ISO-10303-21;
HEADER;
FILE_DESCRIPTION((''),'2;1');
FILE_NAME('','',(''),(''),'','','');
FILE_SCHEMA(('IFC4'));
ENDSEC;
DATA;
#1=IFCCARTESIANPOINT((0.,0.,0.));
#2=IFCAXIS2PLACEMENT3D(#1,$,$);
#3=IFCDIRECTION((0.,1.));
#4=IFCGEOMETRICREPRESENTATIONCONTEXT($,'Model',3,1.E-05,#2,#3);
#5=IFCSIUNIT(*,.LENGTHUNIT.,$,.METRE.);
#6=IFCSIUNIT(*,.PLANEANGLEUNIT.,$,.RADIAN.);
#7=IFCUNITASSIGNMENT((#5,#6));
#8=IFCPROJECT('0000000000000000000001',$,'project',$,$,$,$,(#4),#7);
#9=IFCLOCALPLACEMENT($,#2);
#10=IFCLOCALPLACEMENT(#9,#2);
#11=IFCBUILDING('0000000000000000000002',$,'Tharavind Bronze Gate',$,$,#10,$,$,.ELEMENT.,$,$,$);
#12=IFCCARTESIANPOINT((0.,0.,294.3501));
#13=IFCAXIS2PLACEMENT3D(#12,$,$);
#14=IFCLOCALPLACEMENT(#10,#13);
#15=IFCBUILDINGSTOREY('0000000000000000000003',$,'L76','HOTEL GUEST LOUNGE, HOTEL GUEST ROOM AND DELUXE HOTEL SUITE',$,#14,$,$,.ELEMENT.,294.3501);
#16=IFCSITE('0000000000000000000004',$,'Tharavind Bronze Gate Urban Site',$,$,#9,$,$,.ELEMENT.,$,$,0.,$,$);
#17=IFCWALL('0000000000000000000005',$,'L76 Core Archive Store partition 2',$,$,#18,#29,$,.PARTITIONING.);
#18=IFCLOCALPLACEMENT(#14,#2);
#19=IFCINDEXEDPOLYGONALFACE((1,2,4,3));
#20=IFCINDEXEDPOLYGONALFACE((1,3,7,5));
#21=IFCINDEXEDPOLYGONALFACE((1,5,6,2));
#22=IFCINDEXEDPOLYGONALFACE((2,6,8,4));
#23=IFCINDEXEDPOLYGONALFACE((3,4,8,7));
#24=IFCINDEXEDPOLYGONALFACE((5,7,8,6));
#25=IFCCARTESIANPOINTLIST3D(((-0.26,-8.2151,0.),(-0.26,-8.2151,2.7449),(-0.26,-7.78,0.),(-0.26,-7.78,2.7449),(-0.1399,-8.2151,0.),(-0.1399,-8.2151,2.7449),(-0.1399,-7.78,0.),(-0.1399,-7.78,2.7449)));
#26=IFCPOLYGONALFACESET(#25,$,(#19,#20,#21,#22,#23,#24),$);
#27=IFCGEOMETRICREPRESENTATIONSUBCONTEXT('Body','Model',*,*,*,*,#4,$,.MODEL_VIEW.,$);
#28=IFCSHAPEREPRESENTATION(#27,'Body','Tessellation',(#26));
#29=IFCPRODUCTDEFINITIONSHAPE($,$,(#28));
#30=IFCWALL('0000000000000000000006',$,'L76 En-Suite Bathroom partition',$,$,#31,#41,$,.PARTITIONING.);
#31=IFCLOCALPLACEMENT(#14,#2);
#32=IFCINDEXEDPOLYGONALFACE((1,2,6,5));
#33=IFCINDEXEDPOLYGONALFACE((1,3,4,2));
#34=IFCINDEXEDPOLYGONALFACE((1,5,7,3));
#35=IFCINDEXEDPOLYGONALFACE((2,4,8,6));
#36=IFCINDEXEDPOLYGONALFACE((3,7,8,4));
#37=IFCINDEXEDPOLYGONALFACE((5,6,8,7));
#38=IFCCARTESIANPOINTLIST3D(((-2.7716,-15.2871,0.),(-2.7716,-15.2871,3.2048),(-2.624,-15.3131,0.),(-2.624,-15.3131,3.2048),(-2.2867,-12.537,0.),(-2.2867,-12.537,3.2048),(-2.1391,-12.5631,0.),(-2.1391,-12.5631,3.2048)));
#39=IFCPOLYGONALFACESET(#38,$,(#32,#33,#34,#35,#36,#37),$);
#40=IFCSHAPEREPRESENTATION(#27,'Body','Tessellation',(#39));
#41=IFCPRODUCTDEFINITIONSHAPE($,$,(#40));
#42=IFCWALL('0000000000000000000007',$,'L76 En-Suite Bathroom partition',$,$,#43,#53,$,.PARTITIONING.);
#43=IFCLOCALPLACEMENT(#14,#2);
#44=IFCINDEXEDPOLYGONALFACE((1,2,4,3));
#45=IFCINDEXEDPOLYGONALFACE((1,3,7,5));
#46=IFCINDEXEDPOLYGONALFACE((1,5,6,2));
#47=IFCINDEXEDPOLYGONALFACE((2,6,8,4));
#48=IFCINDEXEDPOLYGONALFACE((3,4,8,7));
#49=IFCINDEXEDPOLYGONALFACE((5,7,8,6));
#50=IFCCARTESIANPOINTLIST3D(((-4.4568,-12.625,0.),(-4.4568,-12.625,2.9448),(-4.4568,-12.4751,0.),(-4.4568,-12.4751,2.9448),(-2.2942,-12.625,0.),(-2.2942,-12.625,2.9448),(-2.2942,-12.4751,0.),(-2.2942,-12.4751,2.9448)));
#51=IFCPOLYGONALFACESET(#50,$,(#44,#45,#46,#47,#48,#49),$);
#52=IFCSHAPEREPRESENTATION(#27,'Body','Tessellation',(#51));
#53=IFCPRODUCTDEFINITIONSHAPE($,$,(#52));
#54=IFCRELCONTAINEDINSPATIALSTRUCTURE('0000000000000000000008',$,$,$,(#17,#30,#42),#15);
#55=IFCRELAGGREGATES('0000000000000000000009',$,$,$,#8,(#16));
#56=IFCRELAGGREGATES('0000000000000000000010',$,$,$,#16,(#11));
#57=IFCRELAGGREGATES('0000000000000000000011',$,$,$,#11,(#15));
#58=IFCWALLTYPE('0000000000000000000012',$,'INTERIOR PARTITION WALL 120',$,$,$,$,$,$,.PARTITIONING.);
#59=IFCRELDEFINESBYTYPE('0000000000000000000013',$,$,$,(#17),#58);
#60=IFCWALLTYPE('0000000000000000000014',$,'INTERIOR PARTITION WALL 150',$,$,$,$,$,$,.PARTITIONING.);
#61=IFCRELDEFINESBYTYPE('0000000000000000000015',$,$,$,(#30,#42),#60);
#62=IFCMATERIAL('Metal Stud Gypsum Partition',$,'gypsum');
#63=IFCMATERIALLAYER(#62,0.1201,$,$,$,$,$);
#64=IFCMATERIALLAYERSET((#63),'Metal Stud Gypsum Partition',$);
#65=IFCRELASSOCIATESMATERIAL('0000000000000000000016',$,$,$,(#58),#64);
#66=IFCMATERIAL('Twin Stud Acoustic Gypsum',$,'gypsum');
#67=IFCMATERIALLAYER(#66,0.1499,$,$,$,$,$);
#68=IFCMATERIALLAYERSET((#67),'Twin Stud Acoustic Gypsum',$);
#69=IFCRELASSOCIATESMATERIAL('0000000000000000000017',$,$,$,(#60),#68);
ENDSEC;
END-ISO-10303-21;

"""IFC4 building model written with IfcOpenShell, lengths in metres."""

from ifc_helpers import new_model, si_unit, direction, frame, frame_2d, origin, place, context, subcontext, project, spatial, rectangle, extrude, material, layer, layer_set, type_object, element, save


model = new_model("IFC4")

# Units and contexts
model_context = context("Model", 3, precision=1e-05, world=origin(), true_north=direction((0.0, 1.0)))
body_context = subcontext(model_context, "Body", "Model", "MODEL_VIEW")
ifc_project = project(units=[si_unit("LENGTHUNIT", "METRE"), si_unit("PLANEANGLEUNIT", "RADIAN")], contexts=[model_context])

# Site, building, storey
site_placement = place(None, origin())
site = spatial("IfcSite", under=ifc_project, at=site_placement, Name="Tharavind Bronze Gate Urban Site", CompositionType="ELEMENT", RefElevation=0.0)
building_placement = place(site_placement, origin())
building = spatial("IfcBuilding", under=site, at=building_placement, Name="Tharavind Bronze Gate", CompositionType="ELEMENT")
storey_placement = place(building_placement, frame((0.0, 0.0, 294.3501)))
storey = spatial("IfcBuildingStorey", under=building, at=storey_placement, Name="L76", Description="HOTEL GUEST LOUNGE, HOTEL GUEST ROOM AND DELUXE HOTEL SUITE", CompositionType="ELEMENT", Elevation=294.3501)

# Walls
ifc_material_1 = material(Name="Metal Stud Gypsum Partition", Category="gypsum")
ifc_layer_1 = layer(ifc_material_1, 0.1201)
ifc_layer_set_1 = layer_set([ifc_layer_1], Name="Metal Stud Gypsum Partition")
wall_type_1 = type_object("IfcWallType", Name="INTERIOR PARTITION WALL 120", PredefinedType="PARTITIONING", material=ifc_layer_set_1)
wall_1_placement = place(storey_placement, frame((-0.2, -8.2151, 0.0), z_axis=(0.0, 0.0, 1.0), x_axis=(0.0, 1.0, 0.0)))
element("IfcWall", 1, at=wall_1_placement, inside=storey, type_object=wall_type_1, Name="L76 Core Archive Store partition 2", PredefinedType="PARTITIONING", context=body_context, shape_type="SweptSolid", body=[
    extrude(rectangle(XDim=0.4351, YDim=0.1201, at=frame_2d((0.2175, 0.0))), origin(), (0.0, 0.0, 1.0), 2.7449),
])
ifc_material_2 = material(Name="Twin Stud Acoustic Gypsum", Category="gypsum")
ifc_layer_2 = layer(ifc_material_2, 0.1499)
ifc_layer_set_2 = layer_set([ifc_layer_2], Name="Twin Stud Acoustic Gypsum")
wall_type_2 = type_object("IfcWallType", Name="INTERIOR PARTITION WALL 150", PredefinedType="PARTITIONING", material=ifc_layer_set_2)
wall_2_placement = place(storey_placement, frame((-2.2129, -12.55, 0.0), z_axis=(0.0, 0.0, 1.0), x_axis=(-0.173636, -0.98481, 0.0)))
element("IfcWall", 2, at=wall_2_placement, inside=storey, type_object=wall_type_2, Name="L76 En-Suite Bathroom partition", PredefinedType="PARTITIONING", context=body_context, shape_type="SweptSolid", body=[
    extrude(rectangle(XDim=2.7925, YDim=0.1499, at=frame_2d((1.3962, 0.0))), origin(), (0.0, 0.0, 1.0), 3.2048),
])
wall_3_placement = place(storey_placement, frame((-4.4568, -12.55, 0.0), z_axis=(0.0, 0.0, 1.0), x_axis=(1.0, 0.0, 0.0)))
element("IfcWall", 3, at=wall_3_placement, inside=storey, type_object=wall_type_2, Name="L76 En-Suite Bathroom partition", PredefinedType="PARTITIONING", context=body_context, shape_type="SweptSolid", body=[
    extrude(rectangle(XDim=2.1626, YDim=0.1499, at=frame_2d((1.0813, 0.0))), origin(), (0.0, 0.0, 1.0), 2.9448),
])

save(model, "model.ifc")
